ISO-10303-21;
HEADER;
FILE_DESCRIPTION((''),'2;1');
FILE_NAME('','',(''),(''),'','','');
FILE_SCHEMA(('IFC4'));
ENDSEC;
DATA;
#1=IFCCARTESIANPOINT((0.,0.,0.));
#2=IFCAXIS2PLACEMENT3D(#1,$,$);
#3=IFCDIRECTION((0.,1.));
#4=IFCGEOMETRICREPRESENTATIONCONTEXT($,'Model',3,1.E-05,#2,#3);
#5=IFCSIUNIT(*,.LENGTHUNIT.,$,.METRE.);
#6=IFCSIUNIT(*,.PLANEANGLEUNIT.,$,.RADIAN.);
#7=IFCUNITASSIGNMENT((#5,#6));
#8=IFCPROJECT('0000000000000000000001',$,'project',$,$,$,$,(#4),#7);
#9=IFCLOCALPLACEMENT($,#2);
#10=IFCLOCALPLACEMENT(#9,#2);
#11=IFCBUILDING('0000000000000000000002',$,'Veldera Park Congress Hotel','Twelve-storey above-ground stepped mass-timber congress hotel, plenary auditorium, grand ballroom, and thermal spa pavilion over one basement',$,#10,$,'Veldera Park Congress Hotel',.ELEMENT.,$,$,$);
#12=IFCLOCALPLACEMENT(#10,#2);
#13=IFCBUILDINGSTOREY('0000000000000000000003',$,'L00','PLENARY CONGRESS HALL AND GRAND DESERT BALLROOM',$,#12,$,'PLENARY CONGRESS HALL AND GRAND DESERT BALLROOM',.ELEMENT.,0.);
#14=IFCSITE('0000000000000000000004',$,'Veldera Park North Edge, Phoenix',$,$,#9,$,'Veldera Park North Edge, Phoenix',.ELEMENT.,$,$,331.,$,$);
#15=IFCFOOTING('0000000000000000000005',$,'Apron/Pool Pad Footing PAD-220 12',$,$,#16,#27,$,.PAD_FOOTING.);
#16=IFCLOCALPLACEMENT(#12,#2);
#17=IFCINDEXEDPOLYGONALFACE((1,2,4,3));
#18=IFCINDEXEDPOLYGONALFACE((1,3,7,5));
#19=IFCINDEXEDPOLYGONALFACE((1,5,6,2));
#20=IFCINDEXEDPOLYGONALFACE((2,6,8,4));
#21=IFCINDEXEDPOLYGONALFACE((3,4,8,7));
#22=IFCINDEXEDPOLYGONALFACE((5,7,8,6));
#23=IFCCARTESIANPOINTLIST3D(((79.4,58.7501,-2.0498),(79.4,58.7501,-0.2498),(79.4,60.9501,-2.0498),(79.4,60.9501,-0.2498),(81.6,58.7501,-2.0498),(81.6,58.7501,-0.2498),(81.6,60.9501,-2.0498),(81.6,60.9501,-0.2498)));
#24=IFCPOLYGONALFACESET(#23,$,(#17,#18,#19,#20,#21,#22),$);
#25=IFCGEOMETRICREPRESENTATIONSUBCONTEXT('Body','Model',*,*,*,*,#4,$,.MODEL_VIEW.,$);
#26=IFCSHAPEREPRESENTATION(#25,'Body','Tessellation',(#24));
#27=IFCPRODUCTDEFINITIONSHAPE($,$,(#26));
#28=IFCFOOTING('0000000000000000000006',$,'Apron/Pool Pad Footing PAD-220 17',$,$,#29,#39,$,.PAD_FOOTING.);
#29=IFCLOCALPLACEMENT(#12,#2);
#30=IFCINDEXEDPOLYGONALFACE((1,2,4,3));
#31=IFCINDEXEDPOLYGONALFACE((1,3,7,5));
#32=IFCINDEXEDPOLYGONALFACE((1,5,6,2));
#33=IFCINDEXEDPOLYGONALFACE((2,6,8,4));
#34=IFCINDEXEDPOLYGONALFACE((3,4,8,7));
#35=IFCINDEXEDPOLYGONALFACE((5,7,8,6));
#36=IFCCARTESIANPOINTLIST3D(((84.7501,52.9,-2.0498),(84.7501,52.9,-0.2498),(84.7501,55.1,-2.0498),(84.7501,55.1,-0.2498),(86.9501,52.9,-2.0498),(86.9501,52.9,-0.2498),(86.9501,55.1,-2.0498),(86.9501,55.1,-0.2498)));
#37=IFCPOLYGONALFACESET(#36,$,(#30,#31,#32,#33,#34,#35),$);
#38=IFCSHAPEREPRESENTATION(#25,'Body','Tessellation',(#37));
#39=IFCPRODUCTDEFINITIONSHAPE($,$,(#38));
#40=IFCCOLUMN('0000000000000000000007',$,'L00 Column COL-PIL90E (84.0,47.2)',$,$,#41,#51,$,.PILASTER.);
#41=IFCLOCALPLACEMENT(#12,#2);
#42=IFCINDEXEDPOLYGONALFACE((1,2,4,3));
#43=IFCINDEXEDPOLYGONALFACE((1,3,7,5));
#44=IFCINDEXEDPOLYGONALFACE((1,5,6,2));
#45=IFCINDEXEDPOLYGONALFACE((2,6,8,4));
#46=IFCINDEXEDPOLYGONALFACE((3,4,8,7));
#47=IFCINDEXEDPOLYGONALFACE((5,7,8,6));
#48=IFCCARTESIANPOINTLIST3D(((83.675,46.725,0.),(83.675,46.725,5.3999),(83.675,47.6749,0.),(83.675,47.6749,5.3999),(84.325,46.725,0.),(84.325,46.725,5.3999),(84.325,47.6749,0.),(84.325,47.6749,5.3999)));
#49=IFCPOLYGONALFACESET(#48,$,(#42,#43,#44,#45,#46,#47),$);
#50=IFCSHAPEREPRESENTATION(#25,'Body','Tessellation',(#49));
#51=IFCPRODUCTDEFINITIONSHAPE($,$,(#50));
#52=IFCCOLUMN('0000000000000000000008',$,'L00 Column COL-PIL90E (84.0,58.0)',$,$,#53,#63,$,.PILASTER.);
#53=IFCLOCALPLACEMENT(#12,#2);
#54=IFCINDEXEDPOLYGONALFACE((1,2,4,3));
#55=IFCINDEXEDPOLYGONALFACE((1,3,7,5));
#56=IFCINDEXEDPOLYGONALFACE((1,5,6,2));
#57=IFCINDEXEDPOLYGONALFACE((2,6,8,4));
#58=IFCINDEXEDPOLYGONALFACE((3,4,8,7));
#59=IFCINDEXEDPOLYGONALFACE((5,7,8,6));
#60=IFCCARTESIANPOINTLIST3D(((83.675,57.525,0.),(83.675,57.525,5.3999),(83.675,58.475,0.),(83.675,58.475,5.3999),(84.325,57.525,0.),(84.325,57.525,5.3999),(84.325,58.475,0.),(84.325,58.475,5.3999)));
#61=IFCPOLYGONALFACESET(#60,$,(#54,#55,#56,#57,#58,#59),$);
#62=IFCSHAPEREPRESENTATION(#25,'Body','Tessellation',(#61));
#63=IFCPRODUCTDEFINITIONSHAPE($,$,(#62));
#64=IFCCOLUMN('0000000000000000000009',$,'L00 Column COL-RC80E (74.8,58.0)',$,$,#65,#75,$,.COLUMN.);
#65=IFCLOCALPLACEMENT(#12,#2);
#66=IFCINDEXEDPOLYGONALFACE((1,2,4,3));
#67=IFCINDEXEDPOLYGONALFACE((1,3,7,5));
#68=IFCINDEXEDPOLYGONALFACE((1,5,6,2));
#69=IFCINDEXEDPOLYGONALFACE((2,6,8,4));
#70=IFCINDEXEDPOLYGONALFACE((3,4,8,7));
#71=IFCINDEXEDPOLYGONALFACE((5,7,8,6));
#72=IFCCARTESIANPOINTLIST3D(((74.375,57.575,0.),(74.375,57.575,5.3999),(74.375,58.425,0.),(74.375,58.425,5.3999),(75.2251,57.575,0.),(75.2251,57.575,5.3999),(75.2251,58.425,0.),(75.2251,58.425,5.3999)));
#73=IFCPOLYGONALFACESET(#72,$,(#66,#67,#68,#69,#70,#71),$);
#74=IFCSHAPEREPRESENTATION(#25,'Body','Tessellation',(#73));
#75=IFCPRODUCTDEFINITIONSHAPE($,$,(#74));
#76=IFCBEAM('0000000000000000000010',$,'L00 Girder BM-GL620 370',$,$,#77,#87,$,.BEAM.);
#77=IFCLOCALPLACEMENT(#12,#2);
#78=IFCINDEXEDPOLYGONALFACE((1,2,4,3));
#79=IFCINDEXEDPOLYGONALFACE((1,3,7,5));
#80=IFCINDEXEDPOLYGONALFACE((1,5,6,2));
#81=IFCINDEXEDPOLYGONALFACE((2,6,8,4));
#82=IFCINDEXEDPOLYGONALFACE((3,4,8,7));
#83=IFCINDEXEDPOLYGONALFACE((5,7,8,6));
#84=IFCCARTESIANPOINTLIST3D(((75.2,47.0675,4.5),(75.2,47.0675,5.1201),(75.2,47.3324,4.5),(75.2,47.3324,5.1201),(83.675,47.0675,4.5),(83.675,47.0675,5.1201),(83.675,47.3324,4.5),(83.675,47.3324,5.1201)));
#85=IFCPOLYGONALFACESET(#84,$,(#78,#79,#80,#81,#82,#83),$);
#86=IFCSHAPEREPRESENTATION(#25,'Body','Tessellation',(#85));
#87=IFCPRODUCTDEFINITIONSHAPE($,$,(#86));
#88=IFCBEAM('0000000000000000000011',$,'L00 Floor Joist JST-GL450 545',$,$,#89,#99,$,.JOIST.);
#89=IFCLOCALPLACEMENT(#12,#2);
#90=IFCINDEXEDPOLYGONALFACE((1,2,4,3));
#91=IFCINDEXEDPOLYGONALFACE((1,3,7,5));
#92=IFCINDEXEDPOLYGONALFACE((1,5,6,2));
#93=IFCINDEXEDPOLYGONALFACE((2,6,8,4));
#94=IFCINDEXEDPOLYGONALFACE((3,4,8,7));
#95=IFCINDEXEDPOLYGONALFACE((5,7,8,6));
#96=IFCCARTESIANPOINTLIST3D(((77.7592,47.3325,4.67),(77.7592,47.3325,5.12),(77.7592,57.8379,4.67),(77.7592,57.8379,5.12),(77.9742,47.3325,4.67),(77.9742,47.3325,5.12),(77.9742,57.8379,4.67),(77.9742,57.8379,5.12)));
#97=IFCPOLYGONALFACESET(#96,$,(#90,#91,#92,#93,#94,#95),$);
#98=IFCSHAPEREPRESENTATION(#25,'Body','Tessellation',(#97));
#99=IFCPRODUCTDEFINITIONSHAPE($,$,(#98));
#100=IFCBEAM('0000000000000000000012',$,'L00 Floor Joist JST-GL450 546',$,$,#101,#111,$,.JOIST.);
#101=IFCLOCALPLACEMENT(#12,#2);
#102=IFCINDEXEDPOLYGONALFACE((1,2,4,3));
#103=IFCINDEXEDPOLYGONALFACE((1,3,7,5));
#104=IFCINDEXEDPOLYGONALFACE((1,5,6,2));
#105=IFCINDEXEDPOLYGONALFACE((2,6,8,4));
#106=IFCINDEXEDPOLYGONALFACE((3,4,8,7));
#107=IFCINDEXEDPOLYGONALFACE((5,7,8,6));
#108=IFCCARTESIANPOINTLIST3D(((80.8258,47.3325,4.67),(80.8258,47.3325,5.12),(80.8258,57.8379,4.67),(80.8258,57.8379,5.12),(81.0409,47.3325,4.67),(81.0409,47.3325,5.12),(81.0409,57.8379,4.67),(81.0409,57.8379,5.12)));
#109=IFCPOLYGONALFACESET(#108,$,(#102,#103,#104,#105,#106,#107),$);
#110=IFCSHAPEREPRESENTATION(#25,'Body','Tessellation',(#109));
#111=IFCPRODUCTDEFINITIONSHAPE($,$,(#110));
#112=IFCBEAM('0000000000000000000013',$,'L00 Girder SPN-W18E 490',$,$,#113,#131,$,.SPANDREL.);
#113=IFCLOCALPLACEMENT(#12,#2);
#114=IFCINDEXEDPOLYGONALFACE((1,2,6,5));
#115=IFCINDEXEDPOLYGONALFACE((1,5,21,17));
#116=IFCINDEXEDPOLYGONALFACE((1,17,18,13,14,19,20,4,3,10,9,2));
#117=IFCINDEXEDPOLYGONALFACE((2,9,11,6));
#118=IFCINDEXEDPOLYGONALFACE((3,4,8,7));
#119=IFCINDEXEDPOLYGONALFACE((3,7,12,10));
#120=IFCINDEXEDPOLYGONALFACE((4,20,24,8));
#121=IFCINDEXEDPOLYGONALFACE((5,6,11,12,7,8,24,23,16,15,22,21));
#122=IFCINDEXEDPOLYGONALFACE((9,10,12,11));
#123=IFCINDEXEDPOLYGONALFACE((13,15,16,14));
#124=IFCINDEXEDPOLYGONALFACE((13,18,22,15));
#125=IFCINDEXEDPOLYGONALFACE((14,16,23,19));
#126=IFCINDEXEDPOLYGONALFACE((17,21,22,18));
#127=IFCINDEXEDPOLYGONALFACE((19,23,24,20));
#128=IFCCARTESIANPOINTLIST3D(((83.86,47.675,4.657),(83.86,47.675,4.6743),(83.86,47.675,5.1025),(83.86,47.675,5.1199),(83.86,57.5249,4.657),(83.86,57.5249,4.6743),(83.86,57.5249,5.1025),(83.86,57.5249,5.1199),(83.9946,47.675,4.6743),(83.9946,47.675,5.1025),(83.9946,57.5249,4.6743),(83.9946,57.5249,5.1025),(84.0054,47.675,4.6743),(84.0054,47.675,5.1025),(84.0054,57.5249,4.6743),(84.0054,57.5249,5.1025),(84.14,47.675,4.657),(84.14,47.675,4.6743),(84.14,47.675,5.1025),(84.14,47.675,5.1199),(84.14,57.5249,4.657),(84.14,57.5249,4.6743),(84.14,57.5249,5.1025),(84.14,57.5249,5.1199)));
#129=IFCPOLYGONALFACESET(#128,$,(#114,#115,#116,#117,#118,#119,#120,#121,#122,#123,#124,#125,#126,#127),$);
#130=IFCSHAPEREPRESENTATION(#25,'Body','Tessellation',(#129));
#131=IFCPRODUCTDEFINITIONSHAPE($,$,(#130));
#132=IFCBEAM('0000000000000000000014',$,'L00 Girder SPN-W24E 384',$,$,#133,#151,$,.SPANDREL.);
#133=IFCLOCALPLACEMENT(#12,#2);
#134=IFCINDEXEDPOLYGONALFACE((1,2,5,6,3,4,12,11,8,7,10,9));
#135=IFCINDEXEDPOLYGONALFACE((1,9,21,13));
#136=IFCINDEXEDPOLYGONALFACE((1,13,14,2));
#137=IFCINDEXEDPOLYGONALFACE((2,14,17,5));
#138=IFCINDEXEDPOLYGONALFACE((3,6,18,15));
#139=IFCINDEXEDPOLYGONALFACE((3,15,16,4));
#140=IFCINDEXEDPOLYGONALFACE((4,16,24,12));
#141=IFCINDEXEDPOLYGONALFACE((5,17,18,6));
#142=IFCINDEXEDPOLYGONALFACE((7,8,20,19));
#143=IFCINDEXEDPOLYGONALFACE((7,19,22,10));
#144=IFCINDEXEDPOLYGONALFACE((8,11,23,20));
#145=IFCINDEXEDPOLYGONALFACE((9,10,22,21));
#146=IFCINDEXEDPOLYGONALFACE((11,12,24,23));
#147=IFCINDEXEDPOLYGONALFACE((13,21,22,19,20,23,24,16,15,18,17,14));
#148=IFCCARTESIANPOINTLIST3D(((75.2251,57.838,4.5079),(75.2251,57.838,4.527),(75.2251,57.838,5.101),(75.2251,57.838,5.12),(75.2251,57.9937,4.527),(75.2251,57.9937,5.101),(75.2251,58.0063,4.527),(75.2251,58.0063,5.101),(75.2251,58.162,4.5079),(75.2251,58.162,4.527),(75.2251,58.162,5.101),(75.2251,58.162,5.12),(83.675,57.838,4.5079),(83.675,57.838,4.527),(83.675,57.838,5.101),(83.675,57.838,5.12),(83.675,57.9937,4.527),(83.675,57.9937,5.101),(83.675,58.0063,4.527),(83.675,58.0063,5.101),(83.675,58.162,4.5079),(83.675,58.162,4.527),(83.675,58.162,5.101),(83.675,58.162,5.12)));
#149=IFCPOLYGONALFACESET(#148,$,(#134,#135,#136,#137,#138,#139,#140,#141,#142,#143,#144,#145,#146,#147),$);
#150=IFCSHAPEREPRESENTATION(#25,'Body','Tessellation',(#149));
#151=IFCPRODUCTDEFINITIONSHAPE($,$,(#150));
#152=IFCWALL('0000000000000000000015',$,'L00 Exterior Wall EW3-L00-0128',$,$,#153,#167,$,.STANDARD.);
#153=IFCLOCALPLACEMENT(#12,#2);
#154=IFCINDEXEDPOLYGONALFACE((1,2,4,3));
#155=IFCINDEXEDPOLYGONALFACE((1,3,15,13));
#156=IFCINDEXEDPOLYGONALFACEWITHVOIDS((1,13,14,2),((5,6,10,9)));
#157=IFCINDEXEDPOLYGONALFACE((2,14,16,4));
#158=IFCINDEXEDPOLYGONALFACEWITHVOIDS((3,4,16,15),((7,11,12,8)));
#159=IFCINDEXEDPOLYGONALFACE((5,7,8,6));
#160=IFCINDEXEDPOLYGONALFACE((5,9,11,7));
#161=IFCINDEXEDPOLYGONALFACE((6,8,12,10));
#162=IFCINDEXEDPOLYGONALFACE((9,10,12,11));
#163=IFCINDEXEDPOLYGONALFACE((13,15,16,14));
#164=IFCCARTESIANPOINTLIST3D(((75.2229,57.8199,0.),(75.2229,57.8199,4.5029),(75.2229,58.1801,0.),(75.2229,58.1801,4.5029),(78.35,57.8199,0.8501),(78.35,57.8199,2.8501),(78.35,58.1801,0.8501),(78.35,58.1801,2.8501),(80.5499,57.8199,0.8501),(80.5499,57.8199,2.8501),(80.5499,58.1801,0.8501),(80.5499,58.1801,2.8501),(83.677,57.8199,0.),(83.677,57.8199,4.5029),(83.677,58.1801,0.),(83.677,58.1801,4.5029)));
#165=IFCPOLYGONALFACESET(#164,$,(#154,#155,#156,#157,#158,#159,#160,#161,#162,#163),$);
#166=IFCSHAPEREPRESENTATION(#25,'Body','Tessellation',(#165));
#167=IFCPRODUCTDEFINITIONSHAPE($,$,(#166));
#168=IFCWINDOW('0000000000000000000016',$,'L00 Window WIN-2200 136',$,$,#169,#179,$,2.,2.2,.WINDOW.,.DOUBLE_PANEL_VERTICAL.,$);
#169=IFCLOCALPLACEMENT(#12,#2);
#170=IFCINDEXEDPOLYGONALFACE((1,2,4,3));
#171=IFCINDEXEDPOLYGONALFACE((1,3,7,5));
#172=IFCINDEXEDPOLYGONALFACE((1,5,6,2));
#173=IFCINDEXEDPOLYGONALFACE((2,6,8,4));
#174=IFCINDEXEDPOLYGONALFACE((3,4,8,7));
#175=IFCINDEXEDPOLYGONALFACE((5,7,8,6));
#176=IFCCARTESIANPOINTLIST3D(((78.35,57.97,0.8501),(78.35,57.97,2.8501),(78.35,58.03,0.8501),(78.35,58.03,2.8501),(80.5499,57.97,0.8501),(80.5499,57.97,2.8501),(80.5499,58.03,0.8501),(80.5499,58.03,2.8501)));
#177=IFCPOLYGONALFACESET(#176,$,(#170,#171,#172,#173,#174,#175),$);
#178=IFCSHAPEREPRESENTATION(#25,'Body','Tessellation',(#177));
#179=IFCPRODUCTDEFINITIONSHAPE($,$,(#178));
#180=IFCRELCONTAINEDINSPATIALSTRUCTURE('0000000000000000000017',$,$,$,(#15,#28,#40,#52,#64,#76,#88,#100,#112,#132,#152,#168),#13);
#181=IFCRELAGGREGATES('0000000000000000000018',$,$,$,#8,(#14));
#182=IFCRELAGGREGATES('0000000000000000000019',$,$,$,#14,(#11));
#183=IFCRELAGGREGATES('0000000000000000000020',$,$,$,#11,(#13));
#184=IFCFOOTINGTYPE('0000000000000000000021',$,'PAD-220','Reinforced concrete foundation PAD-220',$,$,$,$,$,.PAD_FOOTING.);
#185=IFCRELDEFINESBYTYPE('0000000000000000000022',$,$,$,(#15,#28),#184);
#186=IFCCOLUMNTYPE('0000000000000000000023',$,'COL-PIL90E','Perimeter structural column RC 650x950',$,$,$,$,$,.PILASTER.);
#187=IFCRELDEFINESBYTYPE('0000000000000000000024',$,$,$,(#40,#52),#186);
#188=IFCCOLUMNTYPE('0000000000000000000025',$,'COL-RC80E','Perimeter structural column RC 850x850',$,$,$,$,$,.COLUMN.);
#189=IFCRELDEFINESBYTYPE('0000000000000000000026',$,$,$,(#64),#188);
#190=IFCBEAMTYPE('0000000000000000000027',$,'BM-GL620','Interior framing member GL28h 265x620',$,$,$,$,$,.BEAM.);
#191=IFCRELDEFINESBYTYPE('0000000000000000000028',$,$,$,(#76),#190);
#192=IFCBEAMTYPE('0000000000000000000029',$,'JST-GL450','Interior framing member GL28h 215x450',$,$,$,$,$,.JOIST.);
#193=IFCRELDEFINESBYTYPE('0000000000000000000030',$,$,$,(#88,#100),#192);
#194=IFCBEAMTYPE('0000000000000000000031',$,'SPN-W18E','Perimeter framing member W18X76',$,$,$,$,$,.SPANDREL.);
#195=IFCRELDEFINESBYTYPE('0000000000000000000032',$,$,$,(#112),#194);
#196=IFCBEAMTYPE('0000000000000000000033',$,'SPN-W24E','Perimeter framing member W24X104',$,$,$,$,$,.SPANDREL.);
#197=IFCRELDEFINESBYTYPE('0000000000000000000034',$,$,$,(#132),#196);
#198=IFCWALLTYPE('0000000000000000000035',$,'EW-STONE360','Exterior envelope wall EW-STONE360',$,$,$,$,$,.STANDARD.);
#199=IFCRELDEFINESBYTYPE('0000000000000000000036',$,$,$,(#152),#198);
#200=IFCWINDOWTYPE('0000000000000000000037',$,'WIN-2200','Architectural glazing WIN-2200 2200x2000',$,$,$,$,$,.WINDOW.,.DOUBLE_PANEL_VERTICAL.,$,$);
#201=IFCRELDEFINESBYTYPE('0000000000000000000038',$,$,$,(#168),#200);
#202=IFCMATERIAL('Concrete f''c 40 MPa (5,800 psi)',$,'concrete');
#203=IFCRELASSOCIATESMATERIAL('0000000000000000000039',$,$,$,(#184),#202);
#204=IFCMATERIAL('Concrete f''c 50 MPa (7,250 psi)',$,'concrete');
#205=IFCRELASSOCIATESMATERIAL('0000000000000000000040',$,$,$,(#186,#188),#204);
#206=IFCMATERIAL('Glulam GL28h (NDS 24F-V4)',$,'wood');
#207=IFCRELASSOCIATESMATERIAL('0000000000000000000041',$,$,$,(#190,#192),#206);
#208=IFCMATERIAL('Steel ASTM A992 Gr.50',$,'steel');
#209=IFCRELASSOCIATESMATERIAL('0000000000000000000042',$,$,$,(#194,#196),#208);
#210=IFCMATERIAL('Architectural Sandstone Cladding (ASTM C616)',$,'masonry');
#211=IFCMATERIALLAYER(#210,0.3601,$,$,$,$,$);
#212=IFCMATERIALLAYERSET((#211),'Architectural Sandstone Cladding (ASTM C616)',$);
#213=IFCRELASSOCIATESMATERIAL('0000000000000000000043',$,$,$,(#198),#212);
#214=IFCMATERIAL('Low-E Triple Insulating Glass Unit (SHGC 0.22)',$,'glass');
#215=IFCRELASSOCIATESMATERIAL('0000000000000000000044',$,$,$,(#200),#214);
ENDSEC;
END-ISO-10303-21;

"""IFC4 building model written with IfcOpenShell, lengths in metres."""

from ifc_helpers import new_model, si_unit, direction, frame, frame_2d, origin, origin_2d, place, context, subcontext, project, spatial, rectangle, i_section, extrude, material, layer, layer_set, material_profile, profile_set, type_object, element, fill, save


model = new_model("IFC4")

# Units and contexts
model_context = context("Model", 3, precision=1e-05, world=origin(), true_north=direction((0.0, 1.0)))
body_context = subcontext(model_context, "Body", "Model", "MODEL_VIEW")
ifc_project = project(units=[si_unit("LENGTHUNIT", "METRE"), si_unit("PLANEANGLEUNIT", "RADIAN")], contexts=[model_context])

# Site, building, storey
site_placement = place(None, origin())
site = spatial("IfcSite", under=ifc_project, at=site_placement, Name="Veldera Park North Edge, Phoenix", LongName="Veldera Park North Edge, Phoenix", CompositionType="ELEMENT", RefElevation=331.0)
building_placement = place(site_placement, origin())
building = spatial("IfcBuilding", under=site, at=building_placement, Name="Veldera Park Congress Hotel", Description="Twelve-storey above-ground stepped mass-timber congress hotel, plenary auditorium, grand ballroom, and thermal spa pavilion over one basement", LongName="Veldera Park Congress Hotel", CompositionType="ELEMENT")
storey_placement = place(building_placement, origin())
storey = spatial("IfcBuildingStorey", under=building, at=storey_placement, Name="L00", Description="PLENARY CONGRESS HALL AND GRAND DESERT BALLROOM", LongName="PLENARY CONGRESS HALL AND GRAND DESERT BALLROOM", CompositionType="ELEMENT", Elevation=0.0)

# Footings
ifc_material_1 = material(Name="Concrete f'c 40 MPa (5,800 psi)", Category="concrete")
footing_type = type_object("IfcFootingType", Name="PAD-220", Description="Reinforced concrete foundation PAD-220", PredefinedType="PAD_FOOTING", material=ifc_material_1)
for number, where, z_axis, x_axis, name in (
    (1, (80.5, 59.8501, -2.0498), (0.0, 0.0, 1.0), (1.0, 0.0, 0.0), "Apron/Pool Pad Footing PAD-220 12"),
    (2, (85.8501, 54.0, -2.0498), (0.0, 0.0, 1.0), (1.0, 0.0, 0.0), "Apron/Pool Pad Footing PAD-220 17"),
):
    element("IfcFooting", number, at=place(storey_placement, frame(where, z_axis=z_axis, x_axis=x_axis)), inside=storey, type_object=footing_type, Name=name, PredefinedType="PAD_FOOTING", context=body_context, shape_type="SweptSolid", body=[
        extrude(rectangle(XDim=2.2, YDim=2.2, at=origin_2d()), origin(), (0.0, 0.0, 1.0), 1.8),
    ])

# Columns
ifc_material_2 = material(Name="Concrete f'c 50 MPa (7,250 psi)", Category="concrete")
ifc_material_profile_1 = material_profile(ifc_material_2, rectangle(XDim=0.6499, YDim=0.95, at=origin_2d()), Name="RC 650x950")
ifc_profile_set_1 = profile_set([ifc_material_profile_1], Name="Concrete f'c 50 MPa (7,250 psi)")
column_type_1 = type_object("IfcColumnType", Name="COL-PIL90E", Description="Perimeter structural column RC 650x950", PredefinedType="PILASTER", material=ifc_profile_set_1)
for number, where, z_axis, x_axis, name in (
    (3, (84.0, 47.2, 0.0), (0.0, 0.0, 1.0), (1.0, 0.0, 0.0), "L00 Column COL-PIL90E (84.0,47.2)"),
    (4, (84.0, 58.0, 0.0), (0.0, 0.0, 1.0), (1.0, 0.0, 0.0), "L00 Column COL-PIL90E (84.0,58.0)"),
):
    element("IfcColumn", number, at=place(storey_placement, frame(where, z_axis=z_axis, x_axis=x_axis)), inside=storey, type_object=column_type_1, Name=name, PredefinedType="PILASTER", context=body_context, shape_type="SweptSolid", body=[
        extrude(rectangle(XDim=0.6499, YDim=0.95, at=origin_2d()), origin(), (0.0, 0.0, 1.0), 5.3999),
    ])
ifc_material_profile_2 = material_profile(ifc_material_2, rectangle(XDim=0.8501, YDim=0.8501, at=origin_2d()), Name="RC 850x850")
ifc_profile_set_2 = profile_set([ifc_material_profile_2], Name="Concrete f'c 50 MPa (7,250 psi)")
column_type_2 = type_object("IfcColumnType", Name="COL-RC80E", Description="Perimeter structural column RC 850x850", PredefinedType="COLUMN", material=ifc_profile_set_2)
column_placement = place(storey_placement, frame((74.8, 58.0, 0.0), z_axis=(0.0, 0.0, 1.0), x_axis=(1.0, 0.0, 0.0)))
element("IfcColumn", 5, at=column_placement, inside=storey, type_object=column_type_2, Name="L00 Column COL-RC80E (74.8,58.0)", PredefinedType="COLUMN", context=body_context, shape_type="SweptSolid", body=[
    extrude(rectangle(XDim=0.8501, YDim=0.8501, at=origin_2d()), origin(), (0.0, 0.0, 1.0), 5.3999),
])

# Beams
ifc_material_3 = material(Name="Glulam GL28h (NDS 24F-V4)", Category="wood")
ifc_material_profile_3 = material_profile(ifc_material_3, rectangle(XDim=0.2649, YDim=0.6201, at=origin_2d()), Name="GL28h 265x620")
ifc_profile_set_3 = profile_set([ifc_material_profile_3], Name="Glulam GL28h (NDS 24F-V4)")
beam_type_1 = type_object("IfcBeamType", Name="BM-GL620", Description="Interior framing member GL28h 265x620", PredefinedType="BEAM", material=ifc_profile_set_3)
beam_1_placement = place(storey_placement, frame((75.2, 47.2, 4.8101), z_axis=(1.0, 0.0, 0.0), x_axis=(0.0, 1.0, 0.0)))
element("IfcBeam", 6, at=beam_1_placement, inside=storey, type_object=beam_type_1, Name="L00 Girder BM-GL620 370", PredefinedType="BEAM", context=body_context, shape_type="SweptSolid", body=[
    extrude(rectangle(XDim=0.2649, YDim=0.6201, at=origin_2d()), origin(), (0.0, 0.0, 1.0), 8.4751),
])
ifc_material_profile_4 = material_profile(ifc_material_3, rectangle(XDim=0.2151, YDim=0.45, at=origin_2d()), Name="GL28h 215x450")
ifc_profile_set_4 = profile_set([ifc_material_profile_4], Name="Glulam GL28h (NDS 24F-V4)")
beam_type_2 = type_object("IfcBeamType", Name="JST-GL450", Description="Interior framing member GL28h 215x450", PredefinedType="JOIST", material=ifc_profile_set_4)
for number, where, z_axis, x_axis, name in (
    (7, (77.8667, 47.3325, 4.895), (0.0, 1.0, 0.0), (-1.0, 0.0, 0.0), "L00 Floor Joist JST-GL450 545"),
    (8, (80.9333, 47.3325, 4.895), (0.0, 1.0, 0.0), (-1.0, 0.0, 0.0), "L00 Floor Joist JST-GL450 546"),
):
    element("IfcBeam", number, at=place(storey_placement, frame(where, z_axis=z_axis, x_axis=x_axis)), inside=storey, type_object=beam_type_2, Name=name, PredefinedType="JOIST", context=body_context, shape_type="SweptSolid", body=[
        extrude(rectangle(XDim=0.2151, YDim=0.45, at=origin_2d()), origin(), (0.0, 0.0, 1.0), 10.5054),
    ])
ifc_material_4 = material(Name="Steel ASTM A992 Gr.50", Category="steel")
ifc_material_profile_5 = material_profile(ifc_material_4, i_section(OverallWidth=0.28, OverallDepth=0.4629, WebThickness=0.0107, FlangeThickness=0.0173, at=origin_2d()), Name="W18X76")
ifc_profile_set_5 = profile_set([ifc_material_profile_5], Name="Steel ASTM A992 Gr.50")
beam_type_3 = type_object("IfcBeamType", Name="SPN-W18E", Description="Perimeter framing member W18X76", PredefinedType="SPANDREL", material=ifc_profile_set_5)
beam_2_placement = place(storey_placement, frame((84.0, 47.675, 4.8884), z_axis=(0.0, 1.0, 0.0), x_axis=(-1.0, 0.0, 0.0)))
element("IfcBeam", 9, at=beam_2_placement, inside=storey, type_object=beam_type_3, Name="L00 Girder SPN-W18E 490", PredefinedType="SPANDREL", context=body_context, shape_type="SweptSolid", body=[
    extrude(i_section(OverallWidth=0.28, OverallDepth=0.4629, WebThickness=0.0107, FlangeThickness=0.0173, at=origin_2d()), origin(), (0.0, 0.0, 1.0), 9.8499),
])
ifc_material_profile_6 = material_profile(ifc_material_4, i_section(OverallWidth=0.324, OverallDepth=0.6121, WebThickness=0.0127, FlangeThickness=0.019, at=origin_2d()), Name="W24X104")
ifc_profile_set_6 = profile_set([ifc_material_profile_6], Name="Steel ASTM A992 Gr.50")
beam_type_4 = type_object("IfcBeamType", Name="SPN-W24E", Description="Perimeter framing member W24X104", PredefinedType="SPANDREL", material=ifc_profile_set_6)
beam_3_placement = place(storey_placement, frame((75.2251, 58.0, 4.814), z_axis=(1.0, 0.0, 0.0), x_axis=(0.0, 1.0, 0.0)))
element("IfcBeam", 10, at=beam_3_placement, inside=storey, type_object=beam_type_4, Name="L00 Girder SPN-W24E 384", PredefinedType="SPANDREL", context=body_context, shape_type="SweptSolid", body=[
    extrude(i_section(OverallWidth=0.324, OverallDepth=0.6121, WebThickness=0.0127, FlangeThickness=0.019, at=origin_2d()), origin(), (0.0, 0.0, 1.0), 8.45),
])

# Shared definitions
ifc_material_5 = material(Name="Architectural Sandstone Cladding (ASTM C616)", Category="masonry")
ifc_layer_1 = layer(ifc_material_5, 0.3601)
ifc_layer_set_1 = layer_set([ifc_layer_1], Name="Architectural Sandstone Cladding (ASTM C616)")
wall_type_1 = type_object("IfcWallType", Name="EW-STONE360", Description="Exterior envelope wall EW-STONE360", PredefinedType="STANDARD", material=ifc_layer_set_1)

# Wall, opening, window
wall_1_placement = place(storey_placement, frame((83.677, 58.0, 0.0), z_axis=(0.0, 0.0, 1.0), x_axis=(-1.0, 0.0, 0.0)))
wall_1 = element("IfcWall", 11, at=wall_1_placement, inside=storey, type_object=wall_type_1, Name="L00 Exterior Wall EW3-L00-0128", PredefinedType="STANDARD", context=body_context, shape_type="SweptSolid", body=[
    extrude(rectangle(XDim=8.4541, YDim=0.3601, at=frame_2d((4.2271, 0.0))), origin(), (0.0, 0.0, 1.0), 4.5029),
])
opening_1_placement = place(wall_1_placement, frame((3.127, 0.0, 0.8501)))
opening_1 = element("IfcOpeningElement", 12, at=opening_1_placement, cuts=wall_1, PredefinedType="OPENING", context=body_context, shape_type="SweptSolid", body=[
    extrude(rectangle(XDim=2.2, YDim=2.0, at=frame_2d((1.1001, 1.0))), frame((0.0, 0.1921, 0.0), z_axis=(0.0, -1.0, 0.0), x_axis=(1.0, 0.0, 0.0)), (0.0, 0.0, 1.0), 0.384),
])
ifc_material_6 = material(Name="Low-E Triple Insulating Glass Unit (SHGC 0.22)", Category="glass")
window_type = type_object("IfcWindowType", Name="WIN-2200", Description="Architectural glazing WIN-2200 2200x2000", PartitioningType="DOUBLE_PANEL_VERTICAL", PredefinedType="WINDOW", material=ifc_material_6)
window_placement = place(opening_1_placement, origin())
window = element("IfcWindow", 13, at=window_placement, inside=storey, type_object=window_type, Name="L00 Window WIN-2200 136", OverallHeight=2.0, OverallWidth=2.2, PartitioningType="DOUBLE_PANEL_VERTICAL", PredefinedType="WINDOW", context=body_context, shape_type="SweptSolid", body=[
    extrude(rectangle(XDim=2.2, YDim=2.0, at=frame_2d((1.1001, 1.0))), frame((0.0, 0.03, 0.0), z_axis=(0.0, -1.0, 0.0), x_axis=(1.0, 0.0, 0.0)), (0.0, 0.0, 1.0), 0.0601),
])
fill(opening_1, window)

save(model, "model.ifc")
